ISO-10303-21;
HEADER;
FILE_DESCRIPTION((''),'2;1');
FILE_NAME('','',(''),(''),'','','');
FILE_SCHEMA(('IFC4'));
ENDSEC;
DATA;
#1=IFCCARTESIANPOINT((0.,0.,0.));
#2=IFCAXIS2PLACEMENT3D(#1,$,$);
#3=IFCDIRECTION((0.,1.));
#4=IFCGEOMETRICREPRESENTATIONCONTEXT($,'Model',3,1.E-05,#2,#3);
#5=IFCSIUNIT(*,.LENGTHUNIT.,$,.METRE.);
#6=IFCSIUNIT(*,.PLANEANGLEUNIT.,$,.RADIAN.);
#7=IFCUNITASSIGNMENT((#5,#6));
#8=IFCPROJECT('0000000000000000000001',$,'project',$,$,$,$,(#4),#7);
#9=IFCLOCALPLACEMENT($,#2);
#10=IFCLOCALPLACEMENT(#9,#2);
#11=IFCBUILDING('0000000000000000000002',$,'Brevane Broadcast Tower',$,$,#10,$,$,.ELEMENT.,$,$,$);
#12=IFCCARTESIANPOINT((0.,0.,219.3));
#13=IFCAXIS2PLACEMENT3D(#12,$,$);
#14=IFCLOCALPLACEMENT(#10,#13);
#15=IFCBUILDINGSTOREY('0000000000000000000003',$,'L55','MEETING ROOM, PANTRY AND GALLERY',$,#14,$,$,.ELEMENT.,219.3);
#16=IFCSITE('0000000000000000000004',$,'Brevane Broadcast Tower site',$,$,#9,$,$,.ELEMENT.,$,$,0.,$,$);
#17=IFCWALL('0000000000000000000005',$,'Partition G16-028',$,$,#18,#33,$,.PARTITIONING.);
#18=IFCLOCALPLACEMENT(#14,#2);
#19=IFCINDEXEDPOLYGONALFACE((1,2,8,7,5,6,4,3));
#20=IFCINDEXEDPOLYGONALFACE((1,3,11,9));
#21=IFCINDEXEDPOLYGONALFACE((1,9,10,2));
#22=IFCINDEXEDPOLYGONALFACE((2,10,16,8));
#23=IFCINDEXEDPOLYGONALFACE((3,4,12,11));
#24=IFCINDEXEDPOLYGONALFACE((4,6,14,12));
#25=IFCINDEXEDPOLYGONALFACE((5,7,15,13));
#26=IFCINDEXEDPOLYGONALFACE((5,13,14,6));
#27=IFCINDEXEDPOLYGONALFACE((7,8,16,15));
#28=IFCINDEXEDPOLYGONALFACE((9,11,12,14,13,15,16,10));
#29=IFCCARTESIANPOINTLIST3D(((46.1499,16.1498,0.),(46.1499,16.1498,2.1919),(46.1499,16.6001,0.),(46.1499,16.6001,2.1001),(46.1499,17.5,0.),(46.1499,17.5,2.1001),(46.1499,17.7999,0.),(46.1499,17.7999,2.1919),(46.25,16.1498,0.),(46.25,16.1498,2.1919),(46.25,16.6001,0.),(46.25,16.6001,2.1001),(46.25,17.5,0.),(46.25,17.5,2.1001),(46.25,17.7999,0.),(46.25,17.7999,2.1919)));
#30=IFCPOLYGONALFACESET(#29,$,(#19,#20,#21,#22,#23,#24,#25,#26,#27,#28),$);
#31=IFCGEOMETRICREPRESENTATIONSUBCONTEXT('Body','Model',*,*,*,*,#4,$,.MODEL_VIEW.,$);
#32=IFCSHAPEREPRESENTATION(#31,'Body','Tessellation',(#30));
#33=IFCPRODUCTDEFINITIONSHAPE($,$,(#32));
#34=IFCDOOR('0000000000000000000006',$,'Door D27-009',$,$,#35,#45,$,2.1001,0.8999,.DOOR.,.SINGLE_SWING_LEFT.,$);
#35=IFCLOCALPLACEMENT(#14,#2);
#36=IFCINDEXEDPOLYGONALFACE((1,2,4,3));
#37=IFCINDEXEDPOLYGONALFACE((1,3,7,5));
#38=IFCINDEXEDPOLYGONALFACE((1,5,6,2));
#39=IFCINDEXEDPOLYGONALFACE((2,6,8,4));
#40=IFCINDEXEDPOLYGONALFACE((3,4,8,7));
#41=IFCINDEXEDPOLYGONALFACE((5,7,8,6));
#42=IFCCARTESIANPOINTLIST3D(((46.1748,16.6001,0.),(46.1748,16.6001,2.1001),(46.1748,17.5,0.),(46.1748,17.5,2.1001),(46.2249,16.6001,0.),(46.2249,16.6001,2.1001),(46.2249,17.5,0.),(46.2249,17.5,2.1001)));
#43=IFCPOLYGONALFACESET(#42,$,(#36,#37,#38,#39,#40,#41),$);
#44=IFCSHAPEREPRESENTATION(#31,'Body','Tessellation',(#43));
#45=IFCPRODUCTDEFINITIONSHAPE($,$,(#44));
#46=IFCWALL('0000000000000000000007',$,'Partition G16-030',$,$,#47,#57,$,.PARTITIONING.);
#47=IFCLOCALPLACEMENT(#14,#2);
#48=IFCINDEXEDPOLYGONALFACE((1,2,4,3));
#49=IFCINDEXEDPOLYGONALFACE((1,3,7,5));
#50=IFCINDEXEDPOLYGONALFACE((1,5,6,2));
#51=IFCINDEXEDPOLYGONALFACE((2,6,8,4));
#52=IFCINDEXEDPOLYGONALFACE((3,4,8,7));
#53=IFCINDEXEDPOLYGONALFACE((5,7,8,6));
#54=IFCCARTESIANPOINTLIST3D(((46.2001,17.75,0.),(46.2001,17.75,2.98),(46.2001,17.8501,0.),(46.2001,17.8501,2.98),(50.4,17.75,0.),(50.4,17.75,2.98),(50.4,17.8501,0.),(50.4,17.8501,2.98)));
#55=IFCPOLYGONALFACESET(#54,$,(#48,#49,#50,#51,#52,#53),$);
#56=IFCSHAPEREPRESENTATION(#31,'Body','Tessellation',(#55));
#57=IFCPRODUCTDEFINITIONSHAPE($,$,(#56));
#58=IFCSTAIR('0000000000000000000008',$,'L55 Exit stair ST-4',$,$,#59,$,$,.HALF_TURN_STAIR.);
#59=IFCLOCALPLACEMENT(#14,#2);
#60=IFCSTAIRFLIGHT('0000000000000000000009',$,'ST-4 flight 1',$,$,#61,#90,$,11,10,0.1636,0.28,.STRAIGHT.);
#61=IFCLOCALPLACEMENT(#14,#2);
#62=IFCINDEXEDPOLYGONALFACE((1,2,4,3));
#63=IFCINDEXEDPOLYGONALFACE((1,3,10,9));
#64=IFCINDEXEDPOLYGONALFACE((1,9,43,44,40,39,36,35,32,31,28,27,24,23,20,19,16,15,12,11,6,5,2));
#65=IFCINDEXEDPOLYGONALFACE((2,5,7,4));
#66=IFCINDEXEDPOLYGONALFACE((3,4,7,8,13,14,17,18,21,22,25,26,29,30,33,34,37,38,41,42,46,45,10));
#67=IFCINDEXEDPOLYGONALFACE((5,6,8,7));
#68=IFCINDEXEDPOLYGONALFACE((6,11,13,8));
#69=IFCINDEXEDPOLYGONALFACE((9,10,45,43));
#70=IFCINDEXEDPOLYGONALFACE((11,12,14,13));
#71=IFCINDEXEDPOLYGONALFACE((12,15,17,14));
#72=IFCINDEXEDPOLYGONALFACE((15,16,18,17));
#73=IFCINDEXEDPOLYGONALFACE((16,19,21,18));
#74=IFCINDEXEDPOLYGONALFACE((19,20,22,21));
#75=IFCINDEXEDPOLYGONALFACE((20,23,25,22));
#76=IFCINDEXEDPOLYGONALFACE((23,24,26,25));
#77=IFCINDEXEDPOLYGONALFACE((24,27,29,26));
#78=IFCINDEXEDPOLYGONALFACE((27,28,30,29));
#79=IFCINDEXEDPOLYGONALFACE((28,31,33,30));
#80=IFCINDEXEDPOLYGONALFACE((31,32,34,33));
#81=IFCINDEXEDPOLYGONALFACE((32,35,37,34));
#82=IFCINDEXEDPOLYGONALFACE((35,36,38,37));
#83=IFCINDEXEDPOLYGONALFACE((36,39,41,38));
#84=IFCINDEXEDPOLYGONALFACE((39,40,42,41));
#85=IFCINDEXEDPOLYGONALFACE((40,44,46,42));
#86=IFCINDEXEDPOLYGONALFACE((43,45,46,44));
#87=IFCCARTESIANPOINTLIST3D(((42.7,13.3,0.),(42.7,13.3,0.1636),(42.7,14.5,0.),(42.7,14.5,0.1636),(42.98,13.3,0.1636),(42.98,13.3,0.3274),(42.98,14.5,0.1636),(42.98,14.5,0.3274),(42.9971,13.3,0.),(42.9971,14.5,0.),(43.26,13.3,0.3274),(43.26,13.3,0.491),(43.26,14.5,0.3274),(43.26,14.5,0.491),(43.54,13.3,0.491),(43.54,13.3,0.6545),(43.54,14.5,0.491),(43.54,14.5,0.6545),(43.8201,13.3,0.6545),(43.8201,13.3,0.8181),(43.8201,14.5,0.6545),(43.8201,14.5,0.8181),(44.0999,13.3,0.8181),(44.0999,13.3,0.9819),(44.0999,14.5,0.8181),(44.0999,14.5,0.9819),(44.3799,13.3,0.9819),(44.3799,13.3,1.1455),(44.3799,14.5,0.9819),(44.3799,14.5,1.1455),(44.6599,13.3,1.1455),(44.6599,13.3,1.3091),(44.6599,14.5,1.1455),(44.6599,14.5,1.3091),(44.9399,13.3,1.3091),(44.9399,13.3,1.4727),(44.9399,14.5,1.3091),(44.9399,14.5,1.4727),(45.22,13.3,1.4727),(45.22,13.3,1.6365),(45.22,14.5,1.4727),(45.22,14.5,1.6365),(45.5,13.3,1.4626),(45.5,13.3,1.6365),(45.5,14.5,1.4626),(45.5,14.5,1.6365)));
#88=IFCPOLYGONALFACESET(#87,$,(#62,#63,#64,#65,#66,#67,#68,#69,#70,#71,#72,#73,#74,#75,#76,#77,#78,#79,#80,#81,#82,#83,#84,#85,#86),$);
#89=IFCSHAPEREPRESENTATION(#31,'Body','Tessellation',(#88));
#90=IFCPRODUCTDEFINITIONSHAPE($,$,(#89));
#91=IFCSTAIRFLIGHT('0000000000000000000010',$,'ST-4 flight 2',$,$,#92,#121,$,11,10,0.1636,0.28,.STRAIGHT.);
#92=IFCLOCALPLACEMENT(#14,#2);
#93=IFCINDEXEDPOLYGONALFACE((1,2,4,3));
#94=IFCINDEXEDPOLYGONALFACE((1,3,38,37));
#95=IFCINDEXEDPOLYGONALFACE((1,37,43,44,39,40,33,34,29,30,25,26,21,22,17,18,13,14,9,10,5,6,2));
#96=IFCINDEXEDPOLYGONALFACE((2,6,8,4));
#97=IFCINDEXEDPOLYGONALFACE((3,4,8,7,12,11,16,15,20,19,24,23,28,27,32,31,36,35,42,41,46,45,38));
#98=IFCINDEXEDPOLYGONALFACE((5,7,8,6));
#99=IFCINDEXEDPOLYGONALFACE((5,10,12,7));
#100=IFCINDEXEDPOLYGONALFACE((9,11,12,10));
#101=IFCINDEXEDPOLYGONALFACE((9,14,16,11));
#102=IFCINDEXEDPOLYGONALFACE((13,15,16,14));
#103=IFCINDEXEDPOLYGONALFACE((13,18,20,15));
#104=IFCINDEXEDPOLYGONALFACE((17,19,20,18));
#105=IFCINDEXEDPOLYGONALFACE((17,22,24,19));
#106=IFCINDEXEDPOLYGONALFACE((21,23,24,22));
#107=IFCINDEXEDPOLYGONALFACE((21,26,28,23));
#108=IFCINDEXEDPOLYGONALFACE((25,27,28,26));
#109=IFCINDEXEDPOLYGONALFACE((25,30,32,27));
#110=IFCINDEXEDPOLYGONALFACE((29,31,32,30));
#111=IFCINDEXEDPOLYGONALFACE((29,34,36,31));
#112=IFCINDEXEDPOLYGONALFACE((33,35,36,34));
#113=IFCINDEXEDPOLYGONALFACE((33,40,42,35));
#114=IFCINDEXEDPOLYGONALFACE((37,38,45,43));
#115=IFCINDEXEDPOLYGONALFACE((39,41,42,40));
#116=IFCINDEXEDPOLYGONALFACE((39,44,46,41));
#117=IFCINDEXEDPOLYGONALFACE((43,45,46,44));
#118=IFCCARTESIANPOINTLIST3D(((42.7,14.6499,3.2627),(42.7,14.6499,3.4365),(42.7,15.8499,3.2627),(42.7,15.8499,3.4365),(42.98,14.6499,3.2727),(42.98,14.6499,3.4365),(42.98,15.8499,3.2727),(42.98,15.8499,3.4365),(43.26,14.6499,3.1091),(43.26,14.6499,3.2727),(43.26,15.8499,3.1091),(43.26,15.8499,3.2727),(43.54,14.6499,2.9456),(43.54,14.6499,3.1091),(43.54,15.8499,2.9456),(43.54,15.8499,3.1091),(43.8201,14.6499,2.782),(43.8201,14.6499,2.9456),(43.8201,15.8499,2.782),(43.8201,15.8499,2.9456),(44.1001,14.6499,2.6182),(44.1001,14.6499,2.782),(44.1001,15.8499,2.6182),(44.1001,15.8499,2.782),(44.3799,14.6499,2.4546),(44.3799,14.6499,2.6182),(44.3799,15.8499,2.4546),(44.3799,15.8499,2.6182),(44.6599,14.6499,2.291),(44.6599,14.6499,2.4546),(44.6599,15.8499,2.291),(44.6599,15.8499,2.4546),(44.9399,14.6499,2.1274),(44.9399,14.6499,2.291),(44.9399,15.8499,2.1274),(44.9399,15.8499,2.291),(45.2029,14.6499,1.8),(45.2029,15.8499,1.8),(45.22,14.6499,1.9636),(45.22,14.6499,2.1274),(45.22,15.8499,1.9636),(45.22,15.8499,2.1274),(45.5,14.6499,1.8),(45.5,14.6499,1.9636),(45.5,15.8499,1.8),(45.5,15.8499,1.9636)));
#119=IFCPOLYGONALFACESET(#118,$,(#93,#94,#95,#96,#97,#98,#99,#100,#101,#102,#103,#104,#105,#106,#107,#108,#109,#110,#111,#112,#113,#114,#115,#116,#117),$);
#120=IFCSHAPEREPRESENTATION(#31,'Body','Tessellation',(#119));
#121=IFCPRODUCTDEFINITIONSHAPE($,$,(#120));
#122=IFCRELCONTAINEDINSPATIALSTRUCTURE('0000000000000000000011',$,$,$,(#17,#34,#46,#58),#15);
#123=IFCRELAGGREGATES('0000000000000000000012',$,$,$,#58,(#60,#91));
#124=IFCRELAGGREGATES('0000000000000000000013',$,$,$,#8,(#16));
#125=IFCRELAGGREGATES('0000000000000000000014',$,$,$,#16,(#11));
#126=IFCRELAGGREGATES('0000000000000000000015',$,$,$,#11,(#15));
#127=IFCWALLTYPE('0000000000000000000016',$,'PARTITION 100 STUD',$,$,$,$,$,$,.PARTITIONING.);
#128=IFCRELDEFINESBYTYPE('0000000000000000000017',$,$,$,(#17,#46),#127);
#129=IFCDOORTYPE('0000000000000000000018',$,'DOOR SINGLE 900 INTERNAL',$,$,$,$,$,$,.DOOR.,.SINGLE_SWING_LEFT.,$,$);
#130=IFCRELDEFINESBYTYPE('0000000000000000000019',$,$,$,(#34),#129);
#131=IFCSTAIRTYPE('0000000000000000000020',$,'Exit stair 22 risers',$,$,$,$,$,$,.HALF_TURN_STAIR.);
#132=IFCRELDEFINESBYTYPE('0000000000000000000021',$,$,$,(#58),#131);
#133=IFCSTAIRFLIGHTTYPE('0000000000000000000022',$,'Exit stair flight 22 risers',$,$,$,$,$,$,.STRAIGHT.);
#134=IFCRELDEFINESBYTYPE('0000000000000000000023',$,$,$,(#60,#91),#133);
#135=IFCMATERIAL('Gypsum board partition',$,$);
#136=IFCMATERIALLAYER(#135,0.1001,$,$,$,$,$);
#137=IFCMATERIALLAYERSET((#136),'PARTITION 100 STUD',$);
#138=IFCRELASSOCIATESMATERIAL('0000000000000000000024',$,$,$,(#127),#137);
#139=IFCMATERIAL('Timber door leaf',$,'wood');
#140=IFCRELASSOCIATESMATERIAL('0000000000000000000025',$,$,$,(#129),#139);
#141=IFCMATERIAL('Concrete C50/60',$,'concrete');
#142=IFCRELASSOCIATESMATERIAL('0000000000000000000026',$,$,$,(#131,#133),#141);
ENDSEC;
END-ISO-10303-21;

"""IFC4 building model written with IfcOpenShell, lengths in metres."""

from ifc_helpers import new_model, si_unit, direction, frame, frame_2d, origin, place, context, subcontext, project, spatial, polyline, rectangle, outline, extrude, material, layer, layer_set, type_object, element, fill, aggregate, save


model = new_model("IFC4")

# Units and contexts
model_context = context("Model", 3, precision=1e-05, world=origin(), true_north=direction((0.0, 1.0)))
body_context = subcontext(model_context, "Body", "Model", "MODEL_VIEW")
ifc_project = project(units=[si_unit("LENGTHUNIT", "METRE"), si_unit("PLANEANGLEUNIT", "RADIAN")], contexts=[model_context])

# Site, building, storey
site_placement = place(None, origin())
site = spatial("IfcSite", under=ifc_project, at=site_placement, Name="Brevane Broadcast Tower site", CompositionType="ELEMENT", RefElevation=0.0)
building_placement = place(site_placement, origin())
building = spatial("IfcBuilding", under=site, at=building_placement, Name="Brevane Broadcast Tower", CompositionType="ELEMENT")
storey_placement = place(building_placement, frame((0.0, 0.0, 219.3)))
storey = spatial("IfcBuildingStorey", under=building, at=storey_placement, Name="L55", Description="MEETING ROOM, PANTRY AND GALLERY", CompositionType="ELEMENT", Elevation=219.3)

# Shared definitions
ifc_material_1 = material(Name="Concrete C50/60", Category="concrete")

# Wall, opening, door
ifc_material_2 = material(Name="Gypsum board partition")
ifc_layer_1 = layer(ifc_material_2, 0.1001)
ifc_layer_set_1 = layer_set([ifc_layer_1], Name="PARTITION 100 STUD")
wall_type_1 = type_object("IfcWallType", Name="PARTITION 100 STUD", PredefinedType="PARTITIONING", material=ifc_layer_set_1)
wall_1_placement = place(storey_placement, frame((46.2, 17.8, 0.0), z_axis=(0.0, 0.0, 1.0), x_axis=(0.0, -1.0, 0.0)))
wall_1 = element("IfcWall", 1, at=wall_1_placement, inside=storey, type_object=wall_type_1, Name="Partition G16-028", PredefinedType="PARTITIONING", context=body_context, shape_type="SweptSolid", body=[
    extrude(rectangle(XDim=1.6501, YDim=0.1001, at=frame_2d((0.8252, 0.0))), origin(), (0.0, 0.0, 1.0), 2.1919),
])
opening_placement = place(wall_1_placement, frame((0.3, 0.0, 0.0)))
opening = element("IfcOpeningElement", 2, at=opening_placement, cuts=wall_1, PredefinedType="OPENING", context=body_context, shape_type="SweptSolid", body=[
    extrude(rectangle(XDim=0.8999, YDim=2.1001, at=frame_2d((0.45, 1.05))), frame((0.0, 0.0601, 0.0), z_axis=(0.0, -1.0, 0.0), x_axis=(1.0, 0.0, 0.0)), (0.0, 0.0, 1.0), 0.1201),
])
ifc_material_3 = material(Name="Timber door leaf", Category="wood")
door_type = type_object("IfcDoorType", Name="DOOR SINGLE 900 INTERNAL", OperationType="SINGLE_SWING_LEFT", PredefinedType="DOOR", material=ifc_material_3)
door_placement = place(opening_placement, origin())
door = element("IfcDoor", 3, at=door_placement, inside=storey, type_object=door_type, Name="Door D27-009", OperationType="SINGLE_SWING_LEFT", OverallHeight=2.1001, OverallWidth=0.8999, PredefinedType="DOOR", context=body_context, shape_type="SweptSolid", body=[
    extrude(rectangle(XDim=0.8999, YDim=2.1001, at=frame_2d((0.45, 1.05))), frame((0.0, 0.0249, 0.0), z_axis=(0.0, -1.0, 0.0), x_axis=(1.0, 0.0, 0.0)), (0.0, 0.0, 1.0), 0.05),
])
fill(opening, door)

# Wall
wall_2_placement = place(storey_placement, frame((46.2, 17.8, 0.0), z_axis=(0.0, 0.0, 1.0), x_axis=(1.0, 0.0, 0.0)))
element("IfcWall", 4, at=wall_2_placement, inside=storey, type_object=wall_type_1, Name="Partition G16-030", PredefinedType="PARTITIONING", context=body_context, shape_type="SweptSolid", body=[
    extrude(rectangle(XDim=4.2, YDim=0.1001, at=frame_2d((2.1001, 0.0))), origin(), (0.0, 0.0, 1.0), 2.98),
])

# Stair, stair flights
stair_type = type_object("IfcStairType", Name="Exit stair 22 risers", PredefinedType="HALF_TURN_STAIR", material=ifc_material_1)
stair_placement = place(storey_placement, origin())
stair = element("IfcStair", 5, at=stair_placement, inside=storey, type_object=stair_type, Name="L55 Exit stair ST-4", PredefinedType="HALF_TURN_STAIR")
stair_flight_type = type_object("IfcStairFlightType", Name="Exit stair flight 22 risers", PredefinedType="STRAIGHT", material=ifc_material_1)
stair_flight_1_placement = place(storey_placement, frame((42.7, 13.8999, 0.0), z_axis=(0.0, 0.0, 1.0), x_axis=(1.0, 0.0, 0.0)))
stair_flight_1 = element("IfcStairFlight", 6, at=stair_flight_1_placement, type_object=stair_flight_type, Name="ST-4 flight 1", NumberOfRisers=11, NumberOfTreads=10, PredefinedType="STRAIGHT", RiserHeight=0.1636, TreadLength=0.28, context=body_context, shape_type="SweptSolid", body=[
    extrude(outline(polyline([(0.0, 0.0), (0.0, 0.1636), (0.28, 0.1636), (0.28, 0.3274), (0.5601, 0.3274), (0.5601, 0.491), (0.8401, 0.491), (0.8401, 0.6545), (1.1201, 0.6545), (1.1201, 0.8181), (1.3999, 0.8181), (1.3999, 0.9819), (1.6799, 0.9819), (1.6799, 1.1455), (1.96, 1.1455), (1.96, 1.3091), (2.24, 1.3091), (2.24, 1.4727), (2.52, 1.4727), (2.52, 1.6365), (2.8, 1.6365), (2.8, 1.8), (2.8, 1.4626), (0.2971, 0.0), (0.0, 0.0)])), frame((0.0, 0.6001, 0.0), z_axis=(0.0, -1.0, 0.0), x_axis=(1.0, 0.0, 0.0)), (0.0, 0.0, 1.0), 1.2),
])
stair_flight_2_placement = place(storey_placement, frame((45.5, 15.25, 1.8), z_axis=(0.0, 0.0, 1.0), x_axis=(-1.0, 0.0, 0.0)))
stair_flight_2 = element("IfcStairFlight", 7, at=stair_flight_2_placement, type_object=stair_flight_type, Name="ST-4 flight 2", NumberOfRisers=11, NumberOfTreads=10, PredefinedType="STRAIGHT", RiserHeight=0.1636, TreadLength=0.28, context=body_context, shape_type="SweptSolid", body=[
    extrude(outline(polyline([(0.0, 0.0), (0.0, 0.1636), (0.28, 0.1636), (0.28, 0.3274), (0.5601, 0.3274), (0.5601, 0.491), (0.8401, 0.491), (0.8401, 0.6545), (1.1201, 0.6545), (1.1201, 0.8181), (1.3999, 0.8181), (1.3999, 0.9819), (1.6799, 0.9819), (1.6799, 1.1455), (1.96, 1.1455), (1.96, 1.3091), (2.24, 1.3091), (2.24, 1.4727), (2.52, 1.4727), (2.52, 1.6365), (2.8, 1.6365), (2.8, 1.8), (2.8, 1.4626), (0.2971, 0.0), (0.0, 0.0)])), frame((0.0, 0.6001, 0.0), z_axis=(0.0, -1.0, 0.0), x_axis=(1.0, 0.0, 0.0)), (0.0, 0.0, 1.0), 1.2),
])
aggregate(stair, [stair_flight_1, stair_flight_2])

save(model, "model.ifc")
